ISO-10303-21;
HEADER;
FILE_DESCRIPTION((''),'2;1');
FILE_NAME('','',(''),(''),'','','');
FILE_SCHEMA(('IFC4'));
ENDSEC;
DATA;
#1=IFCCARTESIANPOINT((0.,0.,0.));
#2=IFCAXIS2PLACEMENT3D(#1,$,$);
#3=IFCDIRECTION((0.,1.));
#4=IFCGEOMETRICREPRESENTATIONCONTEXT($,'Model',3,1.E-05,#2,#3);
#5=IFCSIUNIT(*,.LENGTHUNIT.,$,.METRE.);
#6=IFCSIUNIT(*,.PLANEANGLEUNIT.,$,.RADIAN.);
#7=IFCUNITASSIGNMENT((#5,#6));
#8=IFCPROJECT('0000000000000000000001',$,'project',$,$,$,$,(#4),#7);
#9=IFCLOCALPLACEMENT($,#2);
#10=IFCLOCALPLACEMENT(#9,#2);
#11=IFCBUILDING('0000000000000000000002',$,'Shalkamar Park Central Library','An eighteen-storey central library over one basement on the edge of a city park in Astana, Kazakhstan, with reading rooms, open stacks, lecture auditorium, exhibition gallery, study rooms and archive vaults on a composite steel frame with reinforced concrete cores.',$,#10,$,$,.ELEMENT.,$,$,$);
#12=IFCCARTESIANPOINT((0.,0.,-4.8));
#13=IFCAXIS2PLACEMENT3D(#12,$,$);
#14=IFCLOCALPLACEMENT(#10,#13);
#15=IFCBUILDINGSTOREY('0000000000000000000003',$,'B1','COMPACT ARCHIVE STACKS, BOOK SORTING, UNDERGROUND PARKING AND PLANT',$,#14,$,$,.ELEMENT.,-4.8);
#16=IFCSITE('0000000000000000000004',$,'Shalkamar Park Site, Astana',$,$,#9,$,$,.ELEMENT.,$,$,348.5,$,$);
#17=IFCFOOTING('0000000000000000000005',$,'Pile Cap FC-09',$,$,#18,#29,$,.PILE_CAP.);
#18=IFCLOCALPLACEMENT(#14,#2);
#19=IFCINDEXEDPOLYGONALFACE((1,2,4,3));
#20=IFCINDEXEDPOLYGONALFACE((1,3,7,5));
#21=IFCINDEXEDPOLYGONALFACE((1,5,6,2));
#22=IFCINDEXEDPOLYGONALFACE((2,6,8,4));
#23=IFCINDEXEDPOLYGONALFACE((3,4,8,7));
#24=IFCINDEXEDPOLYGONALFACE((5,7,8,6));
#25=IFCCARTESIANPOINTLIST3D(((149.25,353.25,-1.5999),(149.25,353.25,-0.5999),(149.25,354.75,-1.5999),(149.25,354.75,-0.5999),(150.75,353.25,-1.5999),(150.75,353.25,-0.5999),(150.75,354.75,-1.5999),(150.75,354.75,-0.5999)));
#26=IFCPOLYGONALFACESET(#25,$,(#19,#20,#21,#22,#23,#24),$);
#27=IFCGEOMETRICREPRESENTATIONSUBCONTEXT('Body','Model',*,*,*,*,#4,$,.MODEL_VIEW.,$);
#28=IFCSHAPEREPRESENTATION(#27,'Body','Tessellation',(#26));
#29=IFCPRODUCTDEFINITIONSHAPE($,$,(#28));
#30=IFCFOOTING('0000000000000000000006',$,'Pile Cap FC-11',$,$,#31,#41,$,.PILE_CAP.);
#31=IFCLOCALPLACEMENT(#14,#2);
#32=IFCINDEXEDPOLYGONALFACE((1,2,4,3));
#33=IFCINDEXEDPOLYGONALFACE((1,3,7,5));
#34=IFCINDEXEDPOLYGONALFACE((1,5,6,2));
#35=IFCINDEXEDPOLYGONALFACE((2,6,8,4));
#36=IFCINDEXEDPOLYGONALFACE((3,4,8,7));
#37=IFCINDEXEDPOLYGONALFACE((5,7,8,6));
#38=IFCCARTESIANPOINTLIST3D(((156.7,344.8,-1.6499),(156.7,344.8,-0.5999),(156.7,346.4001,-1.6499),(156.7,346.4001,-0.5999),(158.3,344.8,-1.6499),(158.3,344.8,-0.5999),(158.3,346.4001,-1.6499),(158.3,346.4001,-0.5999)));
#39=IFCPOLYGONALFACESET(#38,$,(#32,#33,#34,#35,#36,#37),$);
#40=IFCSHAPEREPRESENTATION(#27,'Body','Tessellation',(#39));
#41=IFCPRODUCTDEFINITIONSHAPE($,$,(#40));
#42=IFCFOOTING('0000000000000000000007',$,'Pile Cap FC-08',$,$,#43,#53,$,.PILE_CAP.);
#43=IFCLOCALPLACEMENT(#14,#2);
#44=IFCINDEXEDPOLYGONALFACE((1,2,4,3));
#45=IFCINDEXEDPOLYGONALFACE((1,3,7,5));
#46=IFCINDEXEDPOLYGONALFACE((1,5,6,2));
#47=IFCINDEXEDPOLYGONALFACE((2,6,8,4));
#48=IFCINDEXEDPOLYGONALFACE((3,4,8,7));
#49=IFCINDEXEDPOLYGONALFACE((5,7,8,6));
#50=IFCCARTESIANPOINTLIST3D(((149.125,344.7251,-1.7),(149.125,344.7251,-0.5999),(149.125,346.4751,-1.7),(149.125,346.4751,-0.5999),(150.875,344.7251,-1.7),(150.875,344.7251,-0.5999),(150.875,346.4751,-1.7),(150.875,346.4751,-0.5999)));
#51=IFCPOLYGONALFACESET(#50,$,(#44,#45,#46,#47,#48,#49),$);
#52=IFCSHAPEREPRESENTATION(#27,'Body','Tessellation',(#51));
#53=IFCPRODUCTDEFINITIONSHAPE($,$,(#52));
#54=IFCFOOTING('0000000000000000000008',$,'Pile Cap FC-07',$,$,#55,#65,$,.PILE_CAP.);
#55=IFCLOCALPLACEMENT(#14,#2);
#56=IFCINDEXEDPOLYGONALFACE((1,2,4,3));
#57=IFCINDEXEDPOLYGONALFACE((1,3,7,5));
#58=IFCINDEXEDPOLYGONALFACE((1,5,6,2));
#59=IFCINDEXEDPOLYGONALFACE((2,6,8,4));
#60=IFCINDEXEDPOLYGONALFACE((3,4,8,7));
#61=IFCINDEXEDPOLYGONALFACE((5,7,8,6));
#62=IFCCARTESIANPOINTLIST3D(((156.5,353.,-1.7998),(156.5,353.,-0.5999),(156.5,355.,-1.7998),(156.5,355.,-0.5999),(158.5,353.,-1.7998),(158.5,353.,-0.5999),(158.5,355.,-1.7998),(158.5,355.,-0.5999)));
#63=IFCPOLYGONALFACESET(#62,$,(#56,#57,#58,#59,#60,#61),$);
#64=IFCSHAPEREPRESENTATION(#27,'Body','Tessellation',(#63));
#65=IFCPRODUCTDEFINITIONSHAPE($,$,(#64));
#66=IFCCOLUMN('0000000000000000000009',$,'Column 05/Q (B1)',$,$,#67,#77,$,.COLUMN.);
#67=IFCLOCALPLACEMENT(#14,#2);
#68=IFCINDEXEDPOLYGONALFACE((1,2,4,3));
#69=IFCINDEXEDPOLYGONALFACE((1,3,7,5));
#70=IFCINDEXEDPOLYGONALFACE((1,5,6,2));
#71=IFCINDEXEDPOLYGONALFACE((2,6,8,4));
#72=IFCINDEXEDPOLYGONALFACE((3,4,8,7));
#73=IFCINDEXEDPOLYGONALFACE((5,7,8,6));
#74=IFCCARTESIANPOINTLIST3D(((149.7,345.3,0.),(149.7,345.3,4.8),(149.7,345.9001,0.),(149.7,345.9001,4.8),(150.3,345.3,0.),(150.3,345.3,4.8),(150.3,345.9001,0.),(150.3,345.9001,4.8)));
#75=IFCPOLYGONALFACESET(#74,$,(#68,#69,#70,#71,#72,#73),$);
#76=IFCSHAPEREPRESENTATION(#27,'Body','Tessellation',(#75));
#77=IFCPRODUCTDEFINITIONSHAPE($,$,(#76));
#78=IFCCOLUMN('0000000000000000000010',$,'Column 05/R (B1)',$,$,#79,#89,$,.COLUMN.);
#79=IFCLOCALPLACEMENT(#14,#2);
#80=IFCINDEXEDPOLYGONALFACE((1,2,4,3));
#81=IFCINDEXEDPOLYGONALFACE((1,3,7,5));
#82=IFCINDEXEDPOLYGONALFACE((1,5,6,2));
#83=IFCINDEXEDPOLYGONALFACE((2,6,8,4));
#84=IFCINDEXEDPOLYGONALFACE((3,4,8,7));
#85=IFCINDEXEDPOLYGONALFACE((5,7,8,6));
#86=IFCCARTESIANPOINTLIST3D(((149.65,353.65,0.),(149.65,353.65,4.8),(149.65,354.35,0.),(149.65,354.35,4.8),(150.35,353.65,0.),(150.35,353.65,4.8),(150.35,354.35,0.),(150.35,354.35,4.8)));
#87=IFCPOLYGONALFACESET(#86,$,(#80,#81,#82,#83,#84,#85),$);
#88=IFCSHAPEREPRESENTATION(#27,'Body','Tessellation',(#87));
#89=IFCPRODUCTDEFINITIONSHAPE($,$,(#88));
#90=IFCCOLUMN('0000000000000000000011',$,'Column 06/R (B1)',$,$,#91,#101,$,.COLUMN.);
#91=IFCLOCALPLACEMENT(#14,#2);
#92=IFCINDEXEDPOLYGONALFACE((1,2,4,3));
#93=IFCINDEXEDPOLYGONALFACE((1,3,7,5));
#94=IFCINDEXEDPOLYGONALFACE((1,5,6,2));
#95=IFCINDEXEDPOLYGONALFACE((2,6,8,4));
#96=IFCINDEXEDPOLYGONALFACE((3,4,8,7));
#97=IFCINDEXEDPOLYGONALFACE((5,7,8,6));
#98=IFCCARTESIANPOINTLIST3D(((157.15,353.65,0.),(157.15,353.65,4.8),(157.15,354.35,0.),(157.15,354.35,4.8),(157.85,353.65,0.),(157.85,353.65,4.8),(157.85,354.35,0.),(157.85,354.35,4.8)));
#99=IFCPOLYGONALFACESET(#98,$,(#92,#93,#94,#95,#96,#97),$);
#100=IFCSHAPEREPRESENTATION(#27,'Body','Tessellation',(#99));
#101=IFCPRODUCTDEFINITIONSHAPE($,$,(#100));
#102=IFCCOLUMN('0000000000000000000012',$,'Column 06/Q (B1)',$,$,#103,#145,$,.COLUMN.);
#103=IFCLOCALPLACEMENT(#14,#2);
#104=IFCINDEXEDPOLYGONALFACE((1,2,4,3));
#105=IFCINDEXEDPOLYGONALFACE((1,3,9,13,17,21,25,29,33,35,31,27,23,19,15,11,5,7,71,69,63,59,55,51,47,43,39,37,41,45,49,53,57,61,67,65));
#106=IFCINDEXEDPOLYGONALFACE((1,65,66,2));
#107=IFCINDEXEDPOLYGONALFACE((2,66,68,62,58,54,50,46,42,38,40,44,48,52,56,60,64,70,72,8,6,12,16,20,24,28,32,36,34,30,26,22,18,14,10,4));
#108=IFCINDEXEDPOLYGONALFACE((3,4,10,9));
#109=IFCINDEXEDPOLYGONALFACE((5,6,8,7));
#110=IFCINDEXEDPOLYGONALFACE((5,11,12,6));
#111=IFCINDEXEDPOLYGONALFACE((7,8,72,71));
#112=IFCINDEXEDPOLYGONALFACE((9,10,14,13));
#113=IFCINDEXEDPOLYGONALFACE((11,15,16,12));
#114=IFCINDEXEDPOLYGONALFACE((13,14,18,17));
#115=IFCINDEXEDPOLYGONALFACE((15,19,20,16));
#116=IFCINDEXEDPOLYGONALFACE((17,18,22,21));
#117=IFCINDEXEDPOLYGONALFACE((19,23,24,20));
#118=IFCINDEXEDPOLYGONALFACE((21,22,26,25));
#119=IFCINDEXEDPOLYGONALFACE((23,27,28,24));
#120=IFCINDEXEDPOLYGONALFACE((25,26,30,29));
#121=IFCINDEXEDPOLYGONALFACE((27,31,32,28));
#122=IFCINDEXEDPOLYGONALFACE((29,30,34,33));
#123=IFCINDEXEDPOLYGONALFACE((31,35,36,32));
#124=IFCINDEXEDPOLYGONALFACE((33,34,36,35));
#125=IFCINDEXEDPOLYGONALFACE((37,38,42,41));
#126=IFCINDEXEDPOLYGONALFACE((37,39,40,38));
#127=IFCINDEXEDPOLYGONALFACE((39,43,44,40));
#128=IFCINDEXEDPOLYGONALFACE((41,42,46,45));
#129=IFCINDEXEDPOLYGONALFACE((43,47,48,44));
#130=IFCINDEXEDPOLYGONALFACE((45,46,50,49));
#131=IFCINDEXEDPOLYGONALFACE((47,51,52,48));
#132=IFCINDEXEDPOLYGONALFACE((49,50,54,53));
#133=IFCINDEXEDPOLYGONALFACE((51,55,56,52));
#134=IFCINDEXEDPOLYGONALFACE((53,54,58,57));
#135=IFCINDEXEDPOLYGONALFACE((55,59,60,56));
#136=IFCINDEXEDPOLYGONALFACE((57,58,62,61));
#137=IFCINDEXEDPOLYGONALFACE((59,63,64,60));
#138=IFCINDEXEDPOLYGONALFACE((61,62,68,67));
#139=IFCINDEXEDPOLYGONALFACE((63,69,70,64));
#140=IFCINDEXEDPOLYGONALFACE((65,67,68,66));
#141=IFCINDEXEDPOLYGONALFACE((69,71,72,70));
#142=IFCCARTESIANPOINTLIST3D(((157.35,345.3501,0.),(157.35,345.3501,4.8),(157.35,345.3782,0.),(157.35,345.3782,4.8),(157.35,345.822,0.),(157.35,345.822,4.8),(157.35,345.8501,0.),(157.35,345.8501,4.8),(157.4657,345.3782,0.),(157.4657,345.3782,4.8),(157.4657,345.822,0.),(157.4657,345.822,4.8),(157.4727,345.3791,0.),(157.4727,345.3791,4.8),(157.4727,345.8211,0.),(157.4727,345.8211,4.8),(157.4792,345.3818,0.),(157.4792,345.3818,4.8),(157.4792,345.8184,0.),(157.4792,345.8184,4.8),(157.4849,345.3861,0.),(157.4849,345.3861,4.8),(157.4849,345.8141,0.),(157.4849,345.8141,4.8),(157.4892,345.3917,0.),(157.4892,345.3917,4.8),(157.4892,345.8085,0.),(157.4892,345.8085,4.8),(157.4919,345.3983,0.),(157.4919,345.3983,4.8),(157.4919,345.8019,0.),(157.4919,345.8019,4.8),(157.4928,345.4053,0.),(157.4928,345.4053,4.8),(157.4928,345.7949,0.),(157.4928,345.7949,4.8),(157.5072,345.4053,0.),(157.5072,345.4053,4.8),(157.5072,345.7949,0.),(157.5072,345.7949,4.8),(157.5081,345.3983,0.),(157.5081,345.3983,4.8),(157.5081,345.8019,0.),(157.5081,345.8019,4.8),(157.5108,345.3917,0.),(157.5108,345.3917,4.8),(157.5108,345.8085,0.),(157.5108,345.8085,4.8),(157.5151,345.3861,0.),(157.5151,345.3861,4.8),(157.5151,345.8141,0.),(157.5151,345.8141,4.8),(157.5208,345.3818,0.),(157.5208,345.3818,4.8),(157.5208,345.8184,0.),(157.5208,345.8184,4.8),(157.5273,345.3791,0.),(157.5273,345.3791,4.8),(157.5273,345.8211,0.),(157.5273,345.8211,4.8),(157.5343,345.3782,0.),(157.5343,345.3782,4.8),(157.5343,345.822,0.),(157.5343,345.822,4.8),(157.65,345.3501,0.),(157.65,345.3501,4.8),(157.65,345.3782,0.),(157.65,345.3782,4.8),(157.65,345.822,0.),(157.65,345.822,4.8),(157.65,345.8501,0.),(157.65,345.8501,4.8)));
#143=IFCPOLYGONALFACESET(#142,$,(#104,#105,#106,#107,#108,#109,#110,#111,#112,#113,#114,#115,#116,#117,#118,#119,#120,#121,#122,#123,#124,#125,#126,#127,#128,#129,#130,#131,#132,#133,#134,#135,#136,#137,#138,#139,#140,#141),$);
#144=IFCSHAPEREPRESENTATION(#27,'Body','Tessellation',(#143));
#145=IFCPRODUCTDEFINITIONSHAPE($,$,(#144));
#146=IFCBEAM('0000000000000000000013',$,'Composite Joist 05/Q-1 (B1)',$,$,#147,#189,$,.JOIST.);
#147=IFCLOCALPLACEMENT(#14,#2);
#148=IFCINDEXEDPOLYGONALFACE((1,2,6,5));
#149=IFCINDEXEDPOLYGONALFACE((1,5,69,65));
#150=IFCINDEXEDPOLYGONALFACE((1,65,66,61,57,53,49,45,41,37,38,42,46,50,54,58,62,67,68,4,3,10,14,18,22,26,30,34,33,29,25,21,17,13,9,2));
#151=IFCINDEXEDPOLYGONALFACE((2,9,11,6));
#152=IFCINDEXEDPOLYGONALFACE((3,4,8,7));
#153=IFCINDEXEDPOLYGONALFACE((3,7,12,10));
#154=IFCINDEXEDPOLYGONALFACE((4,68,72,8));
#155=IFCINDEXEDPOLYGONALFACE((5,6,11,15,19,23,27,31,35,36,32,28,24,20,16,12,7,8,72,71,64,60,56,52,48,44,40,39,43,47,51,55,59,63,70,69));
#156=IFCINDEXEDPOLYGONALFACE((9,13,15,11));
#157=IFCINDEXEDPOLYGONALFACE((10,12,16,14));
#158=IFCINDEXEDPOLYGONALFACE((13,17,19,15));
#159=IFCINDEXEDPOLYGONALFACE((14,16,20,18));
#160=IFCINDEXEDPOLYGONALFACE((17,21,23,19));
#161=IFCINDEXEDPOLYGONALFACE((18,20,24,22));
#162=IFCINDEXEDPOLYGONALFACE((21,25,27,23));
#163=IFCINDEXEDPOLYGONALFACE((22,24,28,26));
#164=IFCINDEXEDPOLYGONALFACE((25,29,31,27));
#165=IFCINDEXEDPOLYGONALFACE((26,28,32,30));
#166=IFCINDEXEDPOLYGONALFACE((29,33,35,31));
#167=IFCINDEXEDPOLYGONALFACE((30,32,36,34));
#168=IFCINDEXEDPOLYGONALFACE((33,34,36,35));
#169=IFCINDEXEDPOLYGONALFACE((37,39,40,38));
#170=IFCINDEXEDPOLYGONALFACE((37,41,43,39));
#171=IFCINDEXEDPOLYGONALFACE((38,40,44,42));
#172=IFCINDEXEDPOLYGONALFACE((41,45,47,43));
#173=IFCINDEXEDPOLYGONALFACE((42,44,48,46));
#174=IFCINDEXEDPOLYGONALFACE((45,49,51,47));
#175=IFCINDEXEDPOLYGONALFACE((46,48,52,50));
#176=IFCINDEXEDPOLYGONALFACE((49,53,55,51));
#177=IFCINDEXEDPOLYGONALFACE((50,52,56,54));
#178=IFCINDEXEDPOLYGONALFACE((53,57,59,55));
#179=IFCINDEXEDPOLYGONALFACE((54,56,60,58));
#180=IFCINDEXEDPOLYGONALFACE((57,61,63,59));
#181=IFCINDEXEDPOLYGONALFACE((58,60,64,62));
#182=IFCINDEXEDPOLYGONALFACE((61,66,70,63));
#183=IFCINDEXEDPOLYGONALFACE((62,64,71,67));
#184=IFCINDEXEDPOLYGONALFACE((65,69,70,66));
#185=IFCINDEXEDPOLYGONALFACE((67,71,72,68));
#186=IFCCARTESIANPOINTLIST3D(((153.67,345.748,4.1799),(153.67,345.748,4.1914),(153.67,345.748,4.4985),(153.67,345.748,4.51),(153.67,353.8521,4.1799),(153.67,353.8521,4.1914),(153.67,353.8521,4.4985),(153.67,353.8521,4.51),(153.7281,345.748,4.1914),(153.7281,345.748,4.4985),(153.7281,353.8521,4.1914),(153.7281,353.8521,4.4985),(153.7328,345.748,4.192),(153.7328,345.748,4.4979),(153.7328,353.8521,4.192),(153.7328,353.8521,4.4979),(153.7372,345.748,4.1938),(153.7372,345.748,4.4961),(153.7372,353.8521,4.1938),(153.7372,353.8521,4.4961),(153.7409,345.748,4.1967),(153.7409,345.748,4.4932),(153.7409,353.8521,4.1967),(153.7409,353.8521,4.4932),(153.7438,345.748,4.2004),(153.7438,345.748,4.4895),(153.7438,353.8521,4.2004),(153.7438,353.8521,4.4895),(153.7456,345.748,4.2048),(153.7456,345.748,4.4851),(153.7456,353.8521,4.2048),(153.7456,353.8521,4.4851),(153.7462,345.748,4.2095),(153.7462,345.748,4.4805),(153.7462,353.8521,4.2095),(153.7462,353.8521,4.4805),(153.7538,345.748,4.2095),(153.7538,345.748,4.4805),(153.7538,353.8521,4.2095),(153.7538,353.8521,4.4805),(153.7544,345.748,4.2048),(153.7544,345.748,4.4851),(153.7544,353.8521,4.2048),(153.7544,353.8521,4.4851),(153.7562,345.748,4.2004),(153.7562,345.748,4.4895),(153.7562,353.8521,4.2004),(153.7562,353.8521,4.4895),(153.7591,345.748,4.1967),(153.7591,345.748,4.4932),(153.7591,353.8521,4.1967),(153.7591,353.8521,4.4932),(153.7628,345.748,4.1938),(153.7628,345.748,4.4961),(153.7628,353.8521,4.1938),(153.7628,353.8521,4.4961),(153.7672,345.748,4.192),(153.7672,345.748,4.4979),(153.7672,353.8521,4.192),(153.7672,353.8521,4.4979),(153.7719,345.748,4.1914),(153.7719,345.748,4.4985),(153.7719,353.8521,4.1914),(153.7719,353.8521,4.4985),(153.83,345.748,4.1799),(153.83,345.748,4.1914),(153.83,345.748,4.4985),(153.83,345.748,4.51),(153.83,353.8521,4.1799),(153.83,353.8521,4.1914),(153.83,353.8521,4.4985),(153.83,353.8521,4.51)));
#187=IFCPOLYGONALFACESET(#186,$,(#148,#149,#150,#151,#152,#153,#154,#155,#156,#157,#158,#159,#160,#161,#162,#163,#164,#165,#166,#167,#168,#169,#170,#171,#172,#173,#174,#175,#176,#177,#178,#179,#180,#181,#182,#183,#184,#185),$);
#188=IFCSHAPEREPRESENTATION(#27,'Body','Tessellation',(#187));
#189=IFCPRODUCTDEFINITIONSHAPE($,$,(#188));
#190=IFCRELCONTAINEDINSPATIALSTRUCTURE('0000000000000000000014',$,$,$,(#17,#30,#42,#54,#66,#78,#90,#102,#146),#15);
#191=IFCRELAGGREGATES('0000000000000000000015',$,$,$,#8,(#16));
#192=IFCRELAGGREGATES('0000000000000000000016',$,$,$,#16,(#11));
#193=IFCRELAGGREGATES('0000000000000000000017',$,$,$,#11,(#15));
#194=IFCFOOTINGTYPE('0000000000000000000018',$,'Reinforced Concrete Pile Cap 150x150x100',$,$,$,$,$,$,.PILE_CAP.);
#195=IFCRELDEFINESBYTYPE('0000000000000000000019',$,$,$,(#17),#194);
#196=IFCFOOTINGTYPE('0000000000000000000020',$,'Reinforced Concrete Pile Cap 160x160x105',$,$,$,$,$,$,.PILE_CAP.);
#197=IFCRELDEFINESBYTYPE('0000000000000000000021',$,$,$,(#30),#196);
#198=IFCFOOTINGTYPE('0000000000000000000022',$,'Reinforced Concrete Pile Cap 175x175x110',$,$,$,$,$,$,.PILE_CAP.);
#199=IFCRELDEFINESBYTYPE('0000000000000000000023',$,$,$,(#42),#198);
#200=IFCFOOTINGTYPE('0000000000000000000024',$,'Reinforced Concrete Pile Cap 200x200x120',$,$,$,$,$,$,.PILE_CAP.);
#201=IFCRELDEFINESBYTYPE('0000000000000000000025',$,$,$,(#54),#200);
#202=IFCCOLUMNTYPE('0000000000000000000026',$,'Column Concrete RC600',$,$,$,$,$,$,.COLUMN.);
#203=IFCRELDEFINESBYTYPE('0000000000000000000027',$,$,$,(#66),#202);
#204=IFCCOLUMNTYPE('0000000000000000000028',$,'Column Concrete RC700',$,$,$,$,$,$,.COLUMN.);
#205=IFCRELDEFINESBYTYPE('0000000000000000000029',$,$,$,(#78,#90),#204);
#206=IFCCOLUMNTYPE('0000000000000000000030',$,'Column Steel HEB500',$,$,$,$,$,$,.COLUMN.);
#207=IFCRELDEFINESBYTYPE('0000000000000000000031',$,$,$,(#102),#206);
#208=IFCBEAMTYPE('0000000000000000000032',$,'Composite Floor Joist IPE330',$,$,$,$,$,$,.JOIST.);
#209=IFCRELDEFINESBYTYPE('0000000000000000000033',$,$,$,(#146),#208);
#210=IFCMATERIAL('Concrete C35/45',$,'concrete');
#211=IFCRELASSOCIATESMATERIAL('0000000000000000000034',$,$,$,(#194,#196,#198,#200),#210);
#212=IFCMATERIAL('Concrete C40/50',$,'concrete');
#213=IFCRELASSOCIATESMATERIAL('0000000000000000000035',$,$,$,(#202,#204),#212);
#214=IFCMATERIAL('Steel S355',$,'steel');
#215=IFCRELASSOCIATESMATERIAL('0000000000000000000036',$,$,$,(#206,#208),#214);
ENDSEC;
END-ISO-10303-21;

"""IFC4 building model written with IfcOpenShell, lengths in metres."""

from ifc_helpers import new_model, si_unit, direction, frame, origin, origin_2d, place, context, subcontext, project, spatial, rectangle, i_section, extrude, material, material_profile, profile_set, type_object, element, save


model = new_model("IFC4")

# Units and contexts
model_context = context("Model", 3, precision=1e-05, world=origin(), true_north=direction((0.0, 1.0)))
body_context = subcontext(model_context, "Body", "Model", "MODEL_VIEW")
ifc_project = project(units=[si_unit("LENGTHUNIT", "METRE"), si_unit("PLANEANGLEUNIT", "RADIAN")], contexts=[model_context])

# Site, building, storey
site_placement = place(None, origin())
site = spatial("IfcSite", under=ifc_project, at=site_placement, Name="Shalkamar Park Site, Astana", CompositionType="ELEMENT", RefElevation=348.5)
building_placement = place(site_placement, origin())
building = spatial("IfcBuilding", under=site, at=building_placement, Name="Shalkamar Park Central Library", Description="An eighteen-storey central library over one basement on the edge of a city park in Astana, Kazakhstan, with reading rooms, open stacks, lecture auditorium, exhibition gallery, study rooms and archive vaults on a composite steel frame with reinforced concrete cores.", CompositionType="ELEMENT")
storey_placement = place(building_placement, frame((0.0, 0.0, -4.8)))
storey = spatial("IfcBuildingStorey", under=building, at=storey_placement, Name="B1", Description="COMPACT ARCHIVE STACKS, BOOK SORTING, UNDERGROUND PARKING AND PLANT", CompositionType="ELEMENT", Elevation=-4.8)

# Shared definitions
ifc_material_1 = material(Name="Concrete C35/45", Category="concrete")

# Footings
footing_type_1 = type_object("IfcFootingType", Name="Reinforced Concrete Pile Cap 150x150x100", PredefinedType="PILE_CAP", material=ifc_material_1)
footing_1_placement = place(storey_placement, frame((150.0, 354.0, -1.5999), z_axis=(0.0, 0.0, 1.0), x_axis=(1.0, 0.0, 0.0)))
element("IfcFooting", 1, at=footing_1_placement, inside=storey, type_object=footing_type_1, Name="Pile Cap FC-09", PredefinedType="PILE_CAP", context=body_context, shape_type="SweptSolid", body=[
    extrude(rectangle(XDim=1.5, YDim=1.5, at=origin_2d()), origin(), (0.0, 0.0, 1.0), 1.0),
])
footing_type_2 = type_object("IfcFootingType", Name="Reinforced Concrete Pile Cap 160x160x105", PredefinedType="PILE_CAP", material=ifc_material_1)
footing_2_placement = place(storey_placement, frame((157.5, 345.6001, -1.6499), z_axis=(0.0, 0.0, 1.0), x_axis=(1.0, 0.0, 0.0)))
element("IfcFooting", 2, at=footing_2_placement, inside=storey, type_object=footing_type_2, Name="Pile Cap FC-11", PredefinedType="PILE_CAP", context=body_context, shape_type="SweptSolid", body=[
    extrude(rectangle(XDim=1.6001, YDim=1.6001, at=origin_2d()), origin(), (0.0, 0.0, 1.0), 1.05),
])
footing_type_3 = type_object("IfcFootingType", Name="Reinforced Concrete Pile Cap 175x175x110", PredefinedType="PILE_CAP", material=ifc_material_1)
footing_3_placement = place(storey_placement, frame((150.0, 345.6001, -1.7), z_axis=(0.0, 0.0, 1.0), x_axis=(1.0, 0.0, 0.0)))
element("IfcFooting", 3, at=footing_3_placement, inside=storey, type_object=footing_type_3, Name="Pile Cap FC-08", PredefinedType="PILE_CAP", context=body_context, shape_type="SweptSolid", body=[
    extrude(rectangle(XDim=1.75, YDim=1.75, at=origin_2d()), origin(), (0.0, 0.0, 1.0), 1.1001),
])
footing_type_4 = type_object("IfcFootingType", Name="Reinforced Concrete Pile Cap 200x200x120", PredefinedType="PILE_CAP", material=ifc_material_1)
footing_4_placement = place(storey_placement, frame((157.5, 354.0, -1.7998), z_axis=(0.0, 0.0, 1.0), x_axis=(1.0, 0.0, 0.0)))
element("IfcFooting", 4, at=footing_4_placement, inside=storey, type_object=footing_type_4, Name="Pile Cap FC-07", PredefinedType="PILE_CAP", context=body_context, shape_type="SweptSolid", body=[
    extrude(rectangle(XDim=2.0, YDim=2.0, at=origin_2d()), origin(), (0.0, 0.0, 1.0), 1.2),
])

# Columns
ifc_material_2 = material(Name="Concrete C40/50", Category="concrete")
ifc_material_profile_1 = material_profile(ifc_material_2, rectangle(XDim=0.6001, YDim=0.6001, at=origin_2d()), Name="RC 600x600")
ifc_profile_set_1 = profile_set([ifc_material_profile_1], Name="Concrete C40/50")
column_type_1 = type_object("IfcColumnType", Name="Column Concrete RC600", PredefinedType="COLUMN", material=ifc_profile_set_1)
column_1_placement = place(storey_placement, frame((150.0, 345.6001, 0.0), z_axis=(0.0, 0.0, 1.0), x_axis=(1.0, 0.0, 0.0)))
element("IfcColumn", 5, at=column_1_placement, inside=storey, type_object=column_type_1, Name="Column 05/Q (B1)", PredefinedType="COLUMN", context=body_context, shape_type="SweptSolid", body=[
    extrude(rectangle(XDim=0.6001, YDim=0.6001, at=origin_2d()), origin(), (0.0, 0.0, 1.0), 4.8),
])
ifc_material_profile_2 = material_profile(ifc_material_2, rectangle(XDim=0.7, YDim=0.7, at=origin_2d()), Name="RC 700x700")
ifc_profile_set_2 = profile_set([ifc_material_profile_2], Name="Concrete C40/50")
column_type_2 = type_object("IfcColumnType", Name="Column Concrete RC700", PredefinedType="COLUMN", material=ifc_profile_set_2)
for number, where, z_axis, x_axis, name in (
    (6, (150.0, 354.0, 0.0), (0.0, 0.0, 1.0), (1.0, 0.0, 0.0), "Column 05/R (B1)"),
    (7, (157.5, 354.0, 0.0), (0.0, 0.0, 1.0), (1.0, 0.0, 0.0), "Column 06/R (B1)"),
):
    element("IfcColumn", number, at=place(storey_placement, frame(where, z_axis=z_axis, x_axis=x_axis)), inside=storey, type_object=column_type_2, Name=name, PredefinedType="COLUMN", context=body_context, shape_type="SweptSolid", body=[
        extrude(rectangle(XDim=0.7, YDim=0.7, at=origin_2d()), origin(), (0.0, 0.0, 1.0), 4.8),
    ])
ifc_material_3 = material(Name="Steel S355", Category="steel")
ifc_material_profile_3 = material_profile(ifc_material_3, i_section(OverallWidth=0.3, OverallDepth=0.5, WebThickness=0.0144, FlangeThickness=0.0281, FilletRadius=0.0271, at=origin_2d()), Name="HEB 500")
ifc_profile_set_3 = profile_set([ifc_material_profile_3], Name="Steel S355")
column_type_3 = type_object("IfcColumnType", Name="Column Steel HEB500", PredefinedType="COLUMN", material=ifc_profile_set_3)
column_2_placement = place(storey_placement, frame((157.5, 345.6001, 0.0), z_axis=(0.0, 0.0, 1.0), x_axis=(1.0, 0.0, 0.0)))
element("IfcColumn", 8, at=column_2_placement, inside=storey, type_object=column_type_3, Name="Column 06/Q (B1)", PredefinedType="COLUMN", context=body_context, shape_type="SweptSolid", body=[
    extrude(i_section(OverallWidth=0.3, OverallDepth=0.5, WebThickness=0.0144, FlangeThickness=0.0281, FilletRadius=0.0271, at=origin_2d()), origin(), (0.0, 0.0, 1.0), 4.8),
])

# Beam
ifc_material_profile_4 = material_profile(ifc_material_3, i_section(OverallWidth=0.1599, OverallDepth=0.3301, WebThickness=0.0076, FlangeThickness=0.0115, FilletRadius=0.0181, at=origin_2d()), Name="IPE 330")
ifc_profile_set_4 = profile_set([ifc_material_profile_4], Name="Steel S355")
beam_type_1 = type_object("IfcBeamType", Name="Composite Floor Joist IPE330", PredefinedType="JOIST", material=ifc_profile_set_4)
beam_placement = place(storey_placement, frame((153.75, 345.748, 4.345), z_axis=(0.0, 1.0, 0.0), x_axis=(-1.0, 0.0, 0.0)))
element("IfcBeam", 9, at=beam_placement, inside=storey, type_object=beam_type_1, Name="Composite Joist 05/Q-1 (B1)", PredefinedType="JOIST", context=body_context, shape_type="SweptSolid", body=[
    extrude(i_section(OverallWidth=0.1599, OverallDepth=0.3301, WebThickness=0.0076, FlangeThickness=0.0115, FilletRadius=0.0181, at=origin_2d()), origin(), (0.0, 0.0, 1.0), 8.104),
])

save(model, "model.ifc")
